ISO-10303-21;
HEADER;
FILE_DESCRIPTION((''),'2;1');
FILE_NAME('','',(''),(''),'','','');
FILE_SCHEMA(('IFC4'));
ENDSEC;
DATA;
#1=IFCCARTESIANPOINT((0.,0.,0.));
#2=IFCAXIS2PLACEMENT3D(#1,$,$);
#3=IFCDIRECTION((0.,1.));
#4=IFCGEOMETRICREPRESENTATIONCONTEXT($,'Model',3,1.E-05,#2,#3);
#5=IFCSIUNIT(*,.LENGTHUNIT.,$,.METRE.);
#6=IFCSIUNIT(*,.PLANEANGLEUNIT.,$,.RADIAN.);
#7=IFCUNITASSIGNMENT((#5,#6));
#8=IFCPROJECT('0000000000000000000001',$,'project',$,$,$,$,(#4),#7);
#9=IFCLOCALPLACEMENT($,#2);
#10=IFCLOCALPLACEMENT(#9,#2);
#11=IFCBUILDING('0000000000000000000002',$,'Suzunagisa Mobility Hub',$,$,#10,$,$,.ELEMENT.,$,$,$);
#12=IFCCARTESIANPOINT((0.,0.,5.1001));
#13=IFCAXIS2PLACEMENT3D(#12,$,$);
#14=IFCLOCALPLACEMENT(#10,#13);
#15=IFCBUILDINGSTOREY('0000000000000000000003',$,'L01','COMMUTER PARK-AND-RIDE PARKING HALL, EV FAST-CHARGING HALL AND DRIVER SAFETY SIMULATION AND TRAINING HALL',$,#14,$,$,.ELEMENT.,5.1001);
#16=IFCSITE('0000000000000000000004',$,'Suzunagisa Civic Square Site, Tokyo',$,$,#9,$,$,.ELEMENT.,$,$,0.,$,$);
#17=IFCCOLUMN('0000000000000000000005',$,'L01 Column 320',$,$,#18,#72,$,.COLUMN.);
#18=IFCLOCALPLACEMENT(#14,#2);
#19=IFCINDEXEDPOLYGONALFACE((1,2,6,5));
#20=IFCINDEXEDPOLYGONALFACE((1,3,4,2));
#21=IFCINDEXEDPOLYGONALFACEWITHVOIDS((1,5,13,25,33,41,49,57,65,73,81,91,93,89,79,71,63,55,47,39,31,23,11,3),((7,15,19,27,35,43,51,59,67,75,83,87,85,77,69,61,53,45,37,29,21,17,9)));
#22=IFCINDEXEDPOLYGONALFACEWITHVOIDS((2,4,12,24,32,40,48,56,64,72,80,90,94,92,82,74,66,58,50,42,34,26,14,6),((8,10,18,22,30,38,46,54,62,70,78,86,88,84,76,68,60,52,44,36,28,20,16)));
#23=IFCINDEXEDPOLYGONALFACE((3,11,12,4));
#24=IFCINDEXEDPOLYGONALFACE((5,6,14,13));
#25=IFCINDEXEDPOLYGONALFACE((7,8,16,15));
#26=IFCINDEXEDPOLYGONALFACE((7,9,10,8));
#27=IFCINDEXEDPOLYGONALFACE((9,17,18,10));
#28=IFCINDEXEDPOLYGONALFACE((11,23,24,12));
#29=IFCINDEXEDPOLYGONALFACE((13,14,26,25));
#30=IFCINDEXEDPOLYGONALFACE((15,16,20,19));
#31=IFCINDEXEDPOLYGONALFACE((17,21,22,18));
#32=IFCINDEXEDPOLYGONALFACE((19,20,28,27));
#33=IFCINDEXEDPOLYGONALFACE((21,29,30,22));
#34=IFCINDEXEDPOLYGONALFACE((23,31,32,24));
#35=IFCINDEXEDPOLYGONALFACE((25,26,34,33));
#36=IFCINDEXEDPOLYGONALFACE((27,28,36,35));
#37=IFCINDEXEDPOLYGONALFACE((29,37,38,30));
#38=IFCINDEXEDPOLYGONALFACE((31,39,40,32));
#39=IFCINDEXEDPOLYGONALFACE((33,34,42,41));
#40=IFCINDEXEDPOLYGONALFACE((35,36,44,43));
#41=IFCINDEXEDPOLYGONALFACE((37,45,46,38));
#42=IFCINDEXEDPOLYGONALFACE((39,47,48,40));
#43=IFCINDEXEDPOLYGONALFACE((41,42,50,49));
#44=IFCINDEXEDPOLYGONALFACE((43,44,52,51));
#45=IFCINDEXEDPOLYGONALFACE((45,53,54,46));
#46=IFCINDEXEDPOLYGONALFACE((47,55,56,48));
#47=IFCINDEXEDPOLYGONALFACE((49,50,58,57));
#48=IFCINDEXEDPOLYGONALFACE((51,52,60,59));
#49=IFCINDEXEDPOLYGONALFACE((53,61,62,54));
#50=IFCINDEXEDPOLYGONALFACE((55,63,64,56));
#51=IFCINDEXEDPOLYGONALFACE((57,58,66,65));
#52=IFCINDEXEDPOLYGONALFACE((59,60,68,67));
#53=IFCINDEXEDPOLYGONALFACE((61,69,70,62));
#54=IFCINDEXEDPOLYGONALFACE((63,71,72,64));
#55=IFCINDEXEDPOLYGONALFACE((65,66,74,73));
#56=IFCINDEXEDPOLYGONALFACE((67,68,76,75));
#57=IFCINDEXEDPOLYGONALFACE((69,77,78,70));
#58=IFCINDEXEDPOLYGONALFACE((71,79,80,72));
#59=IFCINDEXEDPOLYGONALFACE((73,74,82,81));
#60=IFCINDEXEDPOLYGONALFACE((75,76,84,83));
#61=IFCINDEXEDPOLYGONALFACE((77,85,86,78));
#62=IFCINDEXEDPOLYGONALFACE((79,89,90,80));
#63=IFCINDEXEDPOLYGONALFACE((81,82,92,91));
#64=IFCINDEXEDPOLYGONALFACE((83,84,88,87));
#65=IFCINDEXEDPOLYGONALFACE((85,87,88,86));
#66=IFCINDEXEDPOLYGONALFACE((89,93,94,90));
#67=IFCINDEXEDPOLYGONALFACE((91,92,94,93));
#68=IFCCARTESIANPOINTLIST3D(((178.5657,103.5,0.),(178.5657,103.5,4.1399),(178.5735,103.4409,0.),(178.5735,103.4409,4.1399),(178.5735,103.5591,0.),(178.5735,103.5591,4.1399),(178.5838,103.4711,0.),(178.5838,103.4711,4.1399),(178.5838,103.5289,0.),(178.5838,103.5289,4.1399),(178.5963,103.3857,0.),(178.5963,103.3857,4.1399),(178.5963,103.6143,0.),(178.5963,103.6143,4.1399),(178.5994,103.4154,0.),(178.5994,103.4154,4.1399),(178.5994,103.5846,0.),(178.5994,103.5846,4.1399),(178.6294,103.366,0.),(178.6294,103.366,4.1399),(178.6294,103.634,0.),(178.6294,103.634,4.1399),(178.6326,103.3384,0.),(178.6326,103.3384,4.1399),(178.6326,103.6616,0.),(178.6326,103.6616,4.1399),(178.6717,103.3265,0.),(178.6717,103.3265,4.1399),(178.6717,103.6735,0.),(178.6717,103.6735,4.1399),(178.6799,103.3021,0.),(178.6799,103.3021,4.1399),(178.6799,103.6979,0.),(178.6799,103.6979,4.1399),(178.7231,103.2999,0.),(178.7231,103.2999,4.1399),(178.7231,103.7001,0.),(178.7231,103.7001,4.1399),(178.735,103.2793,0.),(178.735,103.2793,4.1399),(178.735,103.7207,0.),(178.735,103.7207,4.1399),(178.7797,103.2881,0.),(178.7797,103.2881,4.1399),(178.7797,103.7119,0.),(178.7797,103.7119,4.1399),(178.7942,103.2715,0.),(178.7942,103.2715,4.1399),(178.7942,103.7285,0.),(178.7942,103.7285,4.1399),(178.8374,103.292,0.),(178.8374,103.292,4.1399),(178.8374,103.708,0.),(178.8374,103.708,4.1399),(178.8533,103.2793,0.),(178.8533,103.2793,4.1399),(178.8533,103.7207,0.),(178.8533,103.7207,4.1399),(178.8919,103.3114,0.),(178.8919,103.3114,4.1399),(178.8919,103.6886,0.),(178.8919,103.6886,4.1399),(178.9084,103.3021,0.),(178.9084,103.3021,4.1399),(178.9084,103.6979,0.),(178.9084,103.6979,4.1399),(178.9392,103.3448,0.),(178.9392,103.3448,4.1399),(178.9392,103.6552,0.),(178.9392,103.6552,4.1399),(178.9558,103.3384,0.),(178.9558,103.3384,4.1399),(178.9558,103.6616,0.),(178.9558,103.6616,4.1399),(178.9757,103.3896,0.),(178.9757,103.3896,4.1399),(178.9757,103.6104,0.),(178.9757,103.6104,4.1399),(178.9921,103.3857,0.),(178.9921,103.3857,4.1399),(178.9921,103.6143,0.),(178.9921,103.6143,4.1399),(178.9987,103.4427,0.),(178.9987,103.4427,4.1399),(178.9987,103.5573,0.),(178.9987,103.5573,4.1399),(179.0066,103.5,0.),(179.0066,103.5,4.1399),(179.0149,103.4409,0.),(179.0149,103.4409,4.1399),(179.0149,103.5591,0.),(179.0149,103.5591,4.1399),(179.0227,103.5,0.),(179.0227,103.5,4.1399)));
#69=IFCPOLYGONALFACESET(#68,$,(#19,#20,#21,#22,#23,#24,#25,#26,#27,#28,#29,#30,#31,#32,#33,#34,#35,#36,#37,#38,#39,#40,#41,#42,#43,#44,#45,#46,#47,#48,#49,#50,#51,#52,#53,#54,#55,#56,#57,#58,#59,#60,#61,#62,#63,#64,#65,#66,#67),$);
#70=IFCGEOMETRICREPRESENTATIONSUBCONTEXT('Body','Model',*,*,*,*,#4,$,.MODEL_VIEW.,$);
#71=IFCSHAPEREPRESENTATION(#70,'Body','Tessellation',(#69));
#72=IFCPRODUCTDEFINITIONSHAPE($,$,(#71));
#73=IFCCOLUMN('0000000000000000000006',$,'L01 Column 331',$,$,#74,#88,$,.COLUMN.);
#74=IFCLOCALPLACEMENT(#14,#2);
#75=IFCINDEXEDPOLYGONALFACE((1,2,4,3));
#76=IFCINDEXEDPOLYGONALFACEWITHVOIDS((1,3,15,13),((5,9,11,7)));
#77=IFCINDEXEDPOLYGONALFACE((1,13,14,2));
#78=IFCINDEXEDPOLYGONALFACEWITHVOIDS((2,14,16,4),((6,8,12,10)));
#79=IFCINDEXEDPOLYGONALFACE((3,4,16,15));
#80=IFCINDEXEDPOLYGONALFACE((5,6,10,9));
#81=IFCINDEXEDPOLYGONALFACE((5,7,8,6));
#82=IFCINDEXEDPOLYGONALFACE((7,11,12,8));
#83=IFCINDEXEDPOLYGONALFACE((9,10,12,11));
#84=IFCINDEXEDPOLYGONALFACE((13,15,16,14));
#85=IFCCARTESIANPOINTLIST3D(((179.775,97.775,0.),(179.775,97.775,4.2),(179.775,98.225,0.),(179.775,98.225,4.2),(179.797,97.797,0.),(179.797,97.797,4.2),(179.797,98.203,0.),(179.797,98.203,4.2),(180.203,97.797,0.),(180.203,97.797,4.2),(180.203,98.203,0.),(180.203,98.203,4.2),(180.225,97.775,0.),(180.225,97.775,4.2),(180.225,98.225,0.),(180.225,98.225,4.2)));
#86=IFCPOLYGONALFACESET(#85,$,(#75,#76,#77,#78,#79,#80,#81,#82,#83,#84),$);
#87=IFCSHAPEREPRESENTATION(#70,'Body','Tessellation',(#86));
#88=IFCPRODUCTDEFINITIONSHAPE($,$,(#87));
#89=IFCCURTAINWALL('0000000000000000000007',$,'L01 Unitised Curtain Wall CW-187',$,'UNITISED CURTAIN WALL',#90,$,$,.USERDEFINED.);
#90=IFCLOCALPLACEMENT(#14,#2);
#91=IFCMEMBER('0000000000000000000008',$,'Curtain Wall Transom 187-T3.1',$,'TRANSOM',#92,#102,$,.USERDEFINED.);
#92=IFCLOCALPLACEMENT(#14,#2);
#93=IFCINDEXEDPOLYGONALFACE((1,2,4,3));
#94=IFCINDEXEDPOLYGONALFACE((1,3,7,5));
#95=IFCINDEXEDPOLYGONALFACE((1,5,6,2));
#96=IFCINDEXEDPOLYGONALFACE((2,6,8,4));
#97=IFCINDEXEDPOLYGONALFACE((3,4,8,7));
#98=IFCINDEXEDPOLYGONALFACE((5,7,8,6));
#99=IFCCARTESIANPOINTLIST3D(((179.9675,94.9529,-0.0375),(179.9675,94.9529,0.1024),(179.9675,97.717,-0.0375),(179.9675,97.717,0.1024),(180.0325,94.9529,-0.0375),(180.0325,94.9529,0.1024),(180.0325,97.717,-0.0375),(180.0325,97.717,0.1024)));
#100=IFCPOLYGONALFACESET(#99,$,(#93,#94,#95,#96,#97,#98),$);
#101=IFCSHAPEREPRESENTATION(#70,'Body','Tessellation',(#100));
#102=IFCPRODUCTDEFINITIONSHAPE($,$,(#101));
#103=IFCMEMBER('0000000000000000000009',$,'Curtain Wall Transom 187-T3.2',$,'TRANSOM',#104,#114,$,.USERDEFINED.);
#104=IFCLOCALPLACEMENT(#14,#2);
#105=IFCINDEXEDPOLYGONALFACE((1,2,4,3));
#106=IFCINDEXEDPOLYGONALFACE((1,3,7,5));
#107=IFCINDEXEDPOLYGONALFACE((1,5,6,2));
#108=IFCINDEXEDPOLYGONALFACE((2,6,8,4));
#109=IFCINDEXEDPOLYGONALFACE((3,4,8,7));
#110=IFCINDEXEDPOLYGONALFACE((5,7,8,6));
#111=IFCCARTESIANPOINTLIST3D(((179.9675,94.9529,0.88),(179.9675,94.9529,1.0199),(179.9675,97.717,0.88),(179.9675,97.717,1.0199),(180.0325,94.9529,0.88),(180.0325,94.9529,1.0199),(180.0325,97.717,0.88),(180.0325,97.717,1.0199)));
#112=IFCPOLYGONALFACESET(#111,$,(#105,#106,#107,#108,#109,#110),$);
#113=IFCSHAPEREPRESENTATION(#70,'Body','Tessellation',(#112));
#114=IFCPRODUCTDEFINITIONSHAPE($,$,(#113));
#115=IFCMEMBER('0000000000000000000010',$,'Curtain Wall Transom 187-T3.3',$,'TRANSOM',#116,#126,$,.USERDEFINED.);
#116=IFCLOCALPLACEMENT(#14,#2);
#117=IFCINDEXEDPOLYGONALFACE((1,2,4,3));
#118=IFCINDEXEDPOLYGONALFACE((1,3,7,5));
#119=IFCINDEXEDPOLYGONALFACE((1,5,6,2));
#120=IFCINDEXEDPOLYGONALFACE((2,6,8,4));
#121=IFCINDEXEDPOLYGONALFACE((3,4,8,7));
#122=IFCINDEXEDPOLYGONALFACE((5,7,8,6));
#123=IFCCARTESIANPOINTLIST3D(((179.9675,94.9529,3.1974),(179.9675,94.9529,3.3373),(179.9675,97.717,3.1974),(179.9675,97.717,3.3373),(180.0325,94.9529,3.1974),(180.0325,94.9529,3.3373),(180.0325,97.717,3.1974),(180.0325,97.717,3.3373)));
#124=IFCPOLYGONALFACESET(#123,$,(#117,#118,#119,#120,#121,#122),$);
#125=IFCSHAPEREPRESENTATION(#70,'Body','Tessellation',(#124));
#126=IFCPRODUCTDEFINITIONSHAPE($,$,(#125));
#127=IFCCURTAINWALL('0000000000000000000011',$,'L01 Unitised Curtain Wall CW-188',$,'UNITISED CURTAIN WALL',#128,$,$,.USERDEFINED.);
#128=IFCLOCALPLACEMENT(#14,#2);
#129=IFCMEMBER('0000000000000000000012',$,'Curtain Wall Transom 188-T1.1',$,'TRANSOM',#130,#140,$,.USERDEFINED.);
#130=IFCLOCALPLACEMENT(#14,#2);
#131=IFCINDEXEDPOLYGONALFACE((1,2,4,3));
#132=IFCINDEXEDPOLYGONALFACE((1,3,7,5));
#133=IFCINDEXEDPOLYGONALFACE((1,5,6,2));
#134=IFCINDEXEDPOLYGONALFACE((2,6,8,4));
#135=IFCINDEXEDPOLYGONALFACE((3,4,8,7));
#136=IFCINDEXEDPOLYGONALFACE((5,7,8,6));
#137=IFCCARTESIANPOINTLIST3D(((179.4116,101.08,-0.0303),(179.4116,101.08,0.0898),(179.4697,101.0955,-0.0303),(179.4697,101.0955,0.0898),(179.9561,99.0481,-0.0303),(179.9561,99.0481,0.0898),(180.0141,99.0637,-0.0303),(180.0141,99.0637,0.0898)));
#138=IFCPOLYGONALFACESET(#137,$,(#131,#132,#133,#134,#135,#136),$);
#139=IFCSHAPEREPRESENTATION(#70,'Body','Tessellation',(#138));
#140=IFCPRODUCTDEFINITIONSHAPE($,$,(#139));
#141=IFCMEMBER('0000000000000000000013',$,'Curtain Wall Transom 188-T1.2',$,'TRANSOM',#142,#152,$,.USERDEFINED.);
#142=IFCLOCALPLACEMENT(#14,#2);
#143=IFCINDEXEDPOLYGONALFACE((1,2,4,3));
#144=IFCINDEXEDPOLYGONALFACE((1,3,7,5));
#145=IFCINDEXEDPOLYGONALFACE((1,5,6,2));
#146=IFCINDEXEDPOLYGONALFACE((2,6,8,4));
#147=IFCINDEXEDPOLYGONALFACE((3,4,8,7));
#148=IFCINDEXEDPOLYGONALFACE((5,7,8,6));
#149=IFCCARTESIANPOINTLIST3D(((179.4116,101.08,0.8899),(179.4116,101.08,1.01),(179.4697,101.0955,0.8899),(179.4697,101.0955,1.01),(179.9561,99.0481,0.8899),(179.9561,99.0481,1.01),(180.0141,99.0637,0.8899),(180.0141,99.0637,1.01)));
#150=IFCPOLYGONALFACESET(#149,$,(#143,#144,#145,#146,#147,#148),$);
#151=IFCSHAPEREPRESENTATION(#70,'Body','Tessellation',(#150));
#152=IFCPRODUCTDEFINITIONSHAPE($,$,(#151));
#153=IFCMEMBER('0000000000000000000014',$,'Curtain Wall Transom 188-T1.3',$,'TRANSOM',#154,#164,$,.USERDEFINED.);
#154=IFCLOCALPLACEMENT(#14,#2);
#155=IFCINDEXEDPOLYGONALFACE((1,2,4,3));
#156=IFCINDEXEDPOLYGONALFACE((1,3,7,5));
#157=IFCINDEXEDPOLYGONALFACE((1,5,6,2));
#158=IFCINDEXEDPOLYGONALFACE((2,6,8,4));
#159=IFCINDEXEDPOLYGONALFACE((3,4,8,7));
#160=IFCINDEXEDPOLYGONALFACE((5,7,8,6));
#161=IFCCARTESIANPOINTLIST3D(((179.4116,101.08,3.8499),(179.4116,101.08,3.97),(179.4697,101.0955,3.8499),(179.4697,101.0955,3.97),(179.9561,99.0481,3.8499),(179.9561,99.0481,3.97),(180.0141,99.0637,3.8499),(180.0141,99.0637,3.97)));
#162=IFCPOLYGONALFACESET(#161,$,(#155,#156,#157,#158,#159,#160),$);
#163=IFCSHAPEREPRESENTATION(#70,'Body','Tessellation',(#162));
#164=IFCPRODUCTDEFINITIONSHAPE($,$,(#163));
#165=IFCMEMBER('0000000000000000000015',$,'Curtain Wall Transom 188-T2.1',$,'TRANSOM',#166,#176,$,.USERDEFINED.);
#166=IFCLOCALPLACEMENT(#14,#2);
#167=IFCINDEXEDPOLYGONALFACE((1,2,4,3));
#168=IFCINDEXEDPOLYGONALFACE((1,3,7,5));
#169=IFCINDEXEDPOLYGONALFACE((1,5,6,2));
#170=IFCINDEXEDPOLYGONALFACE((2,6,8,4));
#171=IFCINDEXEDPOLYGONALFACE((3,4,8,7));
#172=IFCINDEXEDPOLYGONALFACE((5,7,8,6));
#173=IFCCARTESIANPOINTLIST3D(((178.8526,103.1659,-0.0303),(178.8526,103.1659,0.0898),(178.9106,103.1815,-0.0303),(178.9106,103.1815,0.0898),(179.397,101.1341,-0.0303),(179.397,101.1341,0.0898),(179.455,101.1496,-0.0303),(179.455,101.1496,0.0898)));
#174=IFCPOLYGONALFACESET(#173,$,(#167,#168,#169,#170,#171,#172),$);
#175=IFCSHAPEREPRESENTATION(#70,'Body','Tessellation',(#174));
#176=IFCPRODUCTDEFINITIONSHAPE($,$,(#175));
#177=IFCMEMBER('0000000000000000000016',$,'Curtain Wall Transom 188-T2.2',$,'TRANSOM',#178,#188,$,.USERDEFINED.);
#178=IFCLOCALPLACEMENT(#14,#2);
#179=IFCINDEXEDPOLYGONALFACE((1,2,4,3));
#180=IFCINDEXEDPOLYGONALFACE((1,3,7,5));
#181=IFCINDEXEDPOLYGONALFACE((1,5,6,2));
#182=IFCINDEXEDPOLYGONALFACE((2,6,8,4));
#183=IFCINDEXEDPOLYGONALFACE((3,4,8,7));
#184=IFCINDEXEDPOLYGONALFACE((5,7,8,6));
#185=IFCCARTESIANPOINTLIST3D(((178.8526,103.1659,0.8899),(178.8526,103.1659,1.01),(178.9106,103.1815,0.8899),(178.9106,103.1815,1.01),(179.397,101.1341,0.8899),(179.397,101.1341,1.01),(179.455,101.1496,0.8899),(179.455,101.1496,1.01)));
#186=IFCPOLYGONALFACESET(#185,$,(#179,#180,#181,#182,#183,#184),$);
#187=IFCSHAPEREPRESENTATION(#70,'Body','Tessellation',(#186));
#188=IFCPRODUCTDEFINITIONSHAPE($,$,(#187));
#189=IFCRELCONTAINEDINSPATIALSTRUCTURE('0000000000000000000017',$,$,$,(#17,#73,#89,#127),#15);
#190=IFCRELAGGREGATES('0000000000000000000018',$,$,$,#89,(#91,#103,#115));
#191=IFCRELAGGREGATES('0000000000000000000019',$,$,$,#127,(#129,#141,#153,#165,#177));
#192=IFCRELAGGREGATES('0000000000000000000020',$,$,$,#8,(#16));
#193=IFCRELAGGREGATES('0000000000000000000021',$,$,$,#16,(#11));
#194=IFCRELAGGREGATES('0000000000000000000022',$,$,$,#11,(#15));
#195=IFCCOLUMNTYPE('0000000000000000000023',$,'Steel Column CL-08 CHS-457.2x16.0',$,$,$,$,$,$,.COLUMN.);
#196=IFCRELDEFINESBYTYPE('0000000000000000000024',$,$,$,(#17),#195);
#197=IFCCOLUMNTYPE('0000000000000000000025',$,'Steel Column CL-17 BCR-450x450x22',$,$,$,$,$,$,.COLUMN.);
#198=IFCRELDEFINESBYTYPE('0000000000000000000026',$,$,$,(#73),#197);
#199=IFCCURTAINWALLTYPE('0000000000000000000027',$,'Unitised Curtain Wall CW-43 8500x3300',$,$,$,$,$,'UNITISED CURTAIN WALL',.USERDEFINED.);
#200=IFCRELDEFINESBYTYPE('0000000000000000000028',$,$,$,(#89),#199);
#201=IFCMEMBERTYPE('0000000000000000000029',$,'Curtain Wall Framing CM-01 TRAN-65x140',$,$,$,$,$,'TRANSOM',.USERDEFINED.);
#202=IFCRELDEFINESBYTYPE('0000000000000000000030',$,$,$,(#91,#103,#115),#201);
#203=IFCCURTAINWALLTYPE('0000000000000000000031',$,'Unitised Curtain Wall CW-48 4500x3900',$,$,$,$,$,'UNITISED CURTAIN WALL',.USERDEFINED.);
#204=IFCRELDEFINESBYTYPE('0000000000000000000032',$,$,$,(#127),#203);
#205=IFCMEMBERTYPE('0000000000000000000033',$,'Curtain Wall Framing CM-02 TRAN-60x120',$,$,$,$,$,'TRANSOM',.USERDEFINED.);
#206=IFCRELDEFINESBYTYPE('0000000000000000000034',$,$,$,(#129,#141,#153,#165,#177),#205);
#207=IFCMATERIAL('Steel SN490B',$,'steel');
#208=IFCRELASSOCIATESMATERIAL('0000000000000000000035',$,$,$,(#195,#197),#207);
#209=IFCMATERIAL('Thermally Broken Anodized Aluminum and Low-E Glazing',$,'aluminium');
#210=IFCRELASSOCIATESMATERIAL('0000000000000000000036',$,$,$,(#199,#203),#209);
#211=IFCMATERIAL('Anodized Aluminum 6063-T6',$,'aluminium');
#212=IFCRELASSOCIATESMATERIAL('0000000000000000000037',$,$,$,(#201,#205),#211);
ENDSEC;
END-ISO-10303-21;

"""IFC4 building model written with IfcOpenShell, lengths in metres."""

from ifc_helpers import new_model, si_unit, direction, frame, origin, origin_2d, place, context, subcontext, project, spatial, rectangle, hollow_rectangle, hollow_circle, extrude, material, material_profile, profile_set, type_object, element, aggregate, save


model = new_model("IFC4")

# Units and contexts
model_context = context("Model", 3, precision=1e-05, world=origin(), true_north=direction((0.0, 1.0)))
body_context = subcontext(model_context, "Body", "Model", "MODEL_VIEW")
ifc_project = project(units=[si_unit("LENGTHUNIT", "METRE"), si_unit("PLANEANGLEUNIT", "RADIAN")], contexts=[model_context])

# Site, building, storey
site_placement = place(None, origin())
site = spatial("IfcSite", under=ifc_project, at=site_placement, Name="Suzunagisa Civic Square Site, Tokyo", CompositionType="ELEMENT", RefElevation=0.0)
building_placement = place(site_placement, origin())
building = spatial("IfcBuilding", under=site, at=building_placement, Name="Suzunagisa Mobility Hub", CompositionType="ELEMENT")
storey_placement = place(building_placement, frame((0.0, 0.0, 5.1001)))
storey = spatial("IfcBuildingStorey", under=building, at=storey_placement, Name="L01", Description="COMMUTER PARK-AND-RIDE PARKING HALL, EV FAST-CHARGING HALL AND DRIVER SAFETY SIMULATION AND TRAINING HALL", CompositionType="ELEMENT", Elevation=5.1001)

# Columns
ifc_material_1 = material(Name="Steel SN490B", Category="steel")
ifc_material_profile_1 = material_profile(ifc_material_1, hollow_circle(Radius=0.2285, WallThickness=0.0161, at=origin_2d()), Name="CHS-457.2x16.0")
ifc_profile_set_1 = profile_set([ifc_material_profile_1], Name="Steel SN490B")
column_type_1 = type_object("IfcColumnType", Name="Steel Column CL-08 CHS-457.2x16.0", PredefinedType="COLUMN", material=ifc_profile_set_1)
column_1_placement = place(storey_placement, frame((178.7942, 103.5, 0.0), z_axis=(0.0, 0.0, 1.0), x_axis=(1.0, 0.0, 0.0)))
element("IfcColumn", 1, at=column_1_placement, inside=storey, type_object=column_type_1, Name="L01 Column 320", PredefinedType="COLUMN", context=body_context, shape_type="SweptSolid", body=[
    extrude(hollow_circle(Radius=0.2285, WallThickness=0.0161, at=origin_2d()), origin(), (0.0, 0.0, 1.0), 4.1399),
])
ifc_material_profile_2 = material_profile(ifc_material_1, hollow_rectangle(XDim=0.45, YDim=0.45, WallThickness=0.022, at=origin_2d()), Name="BCR-450x450x22")
ifc_profile_set_2 = profile_set([ifc_material_profile_2], Name="Steel SN490B")
column_type_2 = type_object("IfcColumnType", Name="Steel Column CL-17 BCR-450x450x22", PredefinedType="COLUMN", material=ifc_profile_set_2)
column_2_placement = place(storey_placement, frame((180.0, 98.0, 0.0), z_axis=(0.0, 0.0, 1.0), x_axis=(1.0, 0.0, 0.0)))
element("IfcColumn", 2, at=column_2_placement, inside=storey, type_object=column_type_2, Name="L01 Column 331", PredefinedType="COLUMN", context=body_context, shape_type="SweptSolid", body=[
    extrude(hollow_rectangle(XDim=0.45, YDim=0.45, WallThickness=0.022, at=origin_2d()), origin(), (0.0, 0.0, 1.0), 4.2),
])

# Curtain walls, members
ifc_material_2 = material(Name="Thermally Broken Anodized Aluminum and Low-E Glazing", Category="aluminium")
curtain_wall_type_1 = type_object("IfcCurtainWallType", Name="Unitised Curtain Wall CW-43 8500x3300", ElementType="UNITISED CURTAIN WALL", PredefinedType="USERDEFINED", material=ifc_material_2)
curtain_wall_1_placement = place(storey_placement, origin())
curtain_wall_1 = element("IfcCurtainWall", 3, at=curtain_wall_1_placement, inside=storey, type_object=curtain_wall_type_1, Name="L01 Unitised Curtain Wall CW-187", ObjectType="UNITISED CURTAIN WALL", PredefinedType="USERDEFINED")
ifc_material_3 = material(Name="Anodized Aluminum 6063-T6", Category="aluminium")
ifc_material_profile_3 = material_profile(ifc_material_3, rectangle(XDim=0.0649, YDim=0.1399, at=origin_2d()), Name="TRAN-65x140")
ifc_profile_set_3 = profile_set([ifc_material_profile_3], Name="Anodized Aluminum 6063-T6")
member_type_1 = type_object("IfcMemberType", Name="Curtain Wall Framing CM-01 TRAN-65x140", ElementType="TRANSOM", PredefinedType="USERDEFINED", material=ifc_profile_set_3)
member_1_placement = place(storey_placement, frame((180.0, 94.9529, 0.0325), z_axis=(0.0, 1.0, 0.0), x_axis=(-1.0, 0.0, 0.0)))
member_1 = element("IfcMember", 4, at=member_1_placement, type_object=member_type_1, Name="Curtain Wall Transom 187-T3.1", ObjectType="TRANSOM", PredefinedType="USERDEFINED", context=body_context, shape_type="SweptSolid", body=[
    extrude(rectangle(XDim=0.0649, YDim=0.1399, at=origin_2d()), origin(), (0.0, 0.0, 1.0), 2.7642),
])
member_2_placement = place(storey_placement, frame((180.0, 94.9529, 0.95), z_axis=(0.0, 1.0, 0.0), x_axis=(-1.0, 0.0, 0.0)))
member_2 = element("IfcMember", 5, at=member_2_placement, type_object=member_type_1, Name="Curtain Wall Transom 187-T3.2", ObjectType="TRANSOM", PredefinedType="USERDEFINED", context=body_context, shape_type="SweptSolid", body=[
    extrude(rectangle(XDim=0.0649, YDim=0.1399, at=origin_2d()), origin(), (0.0, 0.0, 1.0), 2.7642),
])
member_3_placement = place(storey_placement, frame((180.0, 94.9529, 3.2673), z_axis=(0.0, 1.0, 0.0), x_axis=(-1.0, 0.0, 0.0)))
member_3 = element("IfcMember", 6, at=member_3_placement, type_object=member_type_1, Name="Curtain Wall Transom 187-T3.3", ObjectType="TRANSOM", PredefinedType="USERDEFINED", context=body_context, shape_type="SweptSolid", body=[
    extrude(rectangle(XDim=0.0649, YDim=0.1399, at=origin_2d()), origin(), (0.0, 0.0, 1.0), 2.7642),
])
curtain_wall_type_2 = type_object("IfcCurtainWallType", Name="Unitised Curtain Wall CW-48 4500x3900", ElementType="UNITISED CURTAIN WALL", PredefinedType="USERDEFINED", material=ifc_material_2)
curtain_wall_2_placement = place(storey_placement, origin())
curtain_wall_2 = element("IfcCurtainWall", 7, at=curtain_wall_2_placement, inside=storey, type_object=curtain_wall_type_2, Name="L01 Unitised Curtain Wall CW-188", ObjectType="UNITISED CURTAIN WALL", PredefinedType="USERDEFINED")
ifc_material_profile_4 = material_profile(ifc_material_3, rectangle(XDim=0.0601, YDim=0.1201, at=origin_2d()), Name="TRAN-60x120")
ifc_profile_set_4 = profile_set([ifc_material_profile_4], Name="Anodized Aluminum 6063-T6")
member_type_2 = type_object("IfcMemberType", Name="Curtain Wall Framing CM-02 TRAN-60x120", ElementType="TRANSOM", PredefinedType="USERDEFINED", material=ifc_profile_set_4)
member_4_placement = place(storey_placement, frame((179.9851, 99.0559, 0.0298), z_axis=(-0.258833, 0.965922, 0.0), x_axis=(-0.965922, -0.258833, 0.0)))
member_4 = element("IfcMember", 8, at=member_4_placement, type_object=member_type_2, Name="Curtain Wall Transom 188-T1.1", ObjectType="TRANSOM", PredefinedType="USERDEFINED", context=body_context, shape_type="SweptSolid", body=[
    extrude(rectangle(XDim=0.0601, YDim=0.1201, at=origin_2d()), origin(), (0.0, 0.0, 1.0), 2.1035),
])
member_5_placement = place(storey_placement, frame((179.9851, 99.0559, 0.95), z_axis=(-0.258833, 0.965922, 0.0), x_axis=(-0.965922, -0.258833, 0.0)))
member_5 = element("IfcMember", 9, at=member_5_placement, type_object=member_type_2, Name="Curtain Wall Transom 188-T1.2", ObjectType="TRANSOM", PredefinedType="USERDEFINED", context=body_context, shape_type="SweptSolid", body=[
    extrude(rectangle(XDim=0.0601, YDim=0.1201, at=origin_2d()), origin(), (0.0, 0.0, 1.0), 2.1035),
])
member_6_placement = place(storey_placement, frame((179.9851, 99.0559, 3.9099), z_axis=(-0.258833, 0.965922, 0.0), x_axis=(-0.965922, -0.258833, 0.0)))
member_6 = element("IfcMember", 10, at=member_6_placement, type_object=member_type_2, Name="Curtain Wall Transom 188-T1.3", ObjectType="TRANSOM", PredefinedType="USERDEFINED", context=body_context, shape_type="SweptSolid", body=[
    extrude(rectangle(XDim=0.0601, YDim=0.1201, at=origin_2d()), origin(), (0.0, 0.0, 1.0), 2.1035),
])
member_7_placement = place(storey_placement, frame((179.426, 101.1418, 0.0298), z_axis=(-0.258833, 0.965922, 0.0), x_axis=(-0.965922, -0.258833, 0.0)))
member_7 = element("IfcMember", 11, at=member_7_placement, type_object=member_type_2, Name="Curtain Wall Transom 188-T2.1", ObjectType="TRANSOM", PredefinedType="USERDEFINED", context=body_context, shape_type="SweptSolid", body=[
    extrude(rectangle(XDim=0.0601, YDim=0.1201, at=origin_2d()), origin(), (0.0, 0.0, 1.0), 2.1035),
])
member_8_placement = place(storey_placement, frame((179.426, 101.1418, 0.95), z_axis=(-0.258833, 0.965922, 0.0), x_axis=(-0.965922, -0.258833, 0.0)))
member_8 = element("IfcMember", 12, at=member_8_placement, type_object=member_type_2, Name="Curtain Wall Transom 188-T2.2", ObjectType="TRANSOM", PredefinedType="USERDEFINED", context=body_context, shape_type="SweptSolid", body=[
    extrude(rectangle(XDim=0.0601, YDim=0.1201, at=origin_2d()), origin(), (0.0, 0.0, 1.0), 2.1035),
])

aggregate(curtain_wall_1, [member_1, member_2, member_3])
aggregate(curtain_wall_2, [member_4, member_5, member_6, member_7, member_8])

save(model, "model.ifc")
